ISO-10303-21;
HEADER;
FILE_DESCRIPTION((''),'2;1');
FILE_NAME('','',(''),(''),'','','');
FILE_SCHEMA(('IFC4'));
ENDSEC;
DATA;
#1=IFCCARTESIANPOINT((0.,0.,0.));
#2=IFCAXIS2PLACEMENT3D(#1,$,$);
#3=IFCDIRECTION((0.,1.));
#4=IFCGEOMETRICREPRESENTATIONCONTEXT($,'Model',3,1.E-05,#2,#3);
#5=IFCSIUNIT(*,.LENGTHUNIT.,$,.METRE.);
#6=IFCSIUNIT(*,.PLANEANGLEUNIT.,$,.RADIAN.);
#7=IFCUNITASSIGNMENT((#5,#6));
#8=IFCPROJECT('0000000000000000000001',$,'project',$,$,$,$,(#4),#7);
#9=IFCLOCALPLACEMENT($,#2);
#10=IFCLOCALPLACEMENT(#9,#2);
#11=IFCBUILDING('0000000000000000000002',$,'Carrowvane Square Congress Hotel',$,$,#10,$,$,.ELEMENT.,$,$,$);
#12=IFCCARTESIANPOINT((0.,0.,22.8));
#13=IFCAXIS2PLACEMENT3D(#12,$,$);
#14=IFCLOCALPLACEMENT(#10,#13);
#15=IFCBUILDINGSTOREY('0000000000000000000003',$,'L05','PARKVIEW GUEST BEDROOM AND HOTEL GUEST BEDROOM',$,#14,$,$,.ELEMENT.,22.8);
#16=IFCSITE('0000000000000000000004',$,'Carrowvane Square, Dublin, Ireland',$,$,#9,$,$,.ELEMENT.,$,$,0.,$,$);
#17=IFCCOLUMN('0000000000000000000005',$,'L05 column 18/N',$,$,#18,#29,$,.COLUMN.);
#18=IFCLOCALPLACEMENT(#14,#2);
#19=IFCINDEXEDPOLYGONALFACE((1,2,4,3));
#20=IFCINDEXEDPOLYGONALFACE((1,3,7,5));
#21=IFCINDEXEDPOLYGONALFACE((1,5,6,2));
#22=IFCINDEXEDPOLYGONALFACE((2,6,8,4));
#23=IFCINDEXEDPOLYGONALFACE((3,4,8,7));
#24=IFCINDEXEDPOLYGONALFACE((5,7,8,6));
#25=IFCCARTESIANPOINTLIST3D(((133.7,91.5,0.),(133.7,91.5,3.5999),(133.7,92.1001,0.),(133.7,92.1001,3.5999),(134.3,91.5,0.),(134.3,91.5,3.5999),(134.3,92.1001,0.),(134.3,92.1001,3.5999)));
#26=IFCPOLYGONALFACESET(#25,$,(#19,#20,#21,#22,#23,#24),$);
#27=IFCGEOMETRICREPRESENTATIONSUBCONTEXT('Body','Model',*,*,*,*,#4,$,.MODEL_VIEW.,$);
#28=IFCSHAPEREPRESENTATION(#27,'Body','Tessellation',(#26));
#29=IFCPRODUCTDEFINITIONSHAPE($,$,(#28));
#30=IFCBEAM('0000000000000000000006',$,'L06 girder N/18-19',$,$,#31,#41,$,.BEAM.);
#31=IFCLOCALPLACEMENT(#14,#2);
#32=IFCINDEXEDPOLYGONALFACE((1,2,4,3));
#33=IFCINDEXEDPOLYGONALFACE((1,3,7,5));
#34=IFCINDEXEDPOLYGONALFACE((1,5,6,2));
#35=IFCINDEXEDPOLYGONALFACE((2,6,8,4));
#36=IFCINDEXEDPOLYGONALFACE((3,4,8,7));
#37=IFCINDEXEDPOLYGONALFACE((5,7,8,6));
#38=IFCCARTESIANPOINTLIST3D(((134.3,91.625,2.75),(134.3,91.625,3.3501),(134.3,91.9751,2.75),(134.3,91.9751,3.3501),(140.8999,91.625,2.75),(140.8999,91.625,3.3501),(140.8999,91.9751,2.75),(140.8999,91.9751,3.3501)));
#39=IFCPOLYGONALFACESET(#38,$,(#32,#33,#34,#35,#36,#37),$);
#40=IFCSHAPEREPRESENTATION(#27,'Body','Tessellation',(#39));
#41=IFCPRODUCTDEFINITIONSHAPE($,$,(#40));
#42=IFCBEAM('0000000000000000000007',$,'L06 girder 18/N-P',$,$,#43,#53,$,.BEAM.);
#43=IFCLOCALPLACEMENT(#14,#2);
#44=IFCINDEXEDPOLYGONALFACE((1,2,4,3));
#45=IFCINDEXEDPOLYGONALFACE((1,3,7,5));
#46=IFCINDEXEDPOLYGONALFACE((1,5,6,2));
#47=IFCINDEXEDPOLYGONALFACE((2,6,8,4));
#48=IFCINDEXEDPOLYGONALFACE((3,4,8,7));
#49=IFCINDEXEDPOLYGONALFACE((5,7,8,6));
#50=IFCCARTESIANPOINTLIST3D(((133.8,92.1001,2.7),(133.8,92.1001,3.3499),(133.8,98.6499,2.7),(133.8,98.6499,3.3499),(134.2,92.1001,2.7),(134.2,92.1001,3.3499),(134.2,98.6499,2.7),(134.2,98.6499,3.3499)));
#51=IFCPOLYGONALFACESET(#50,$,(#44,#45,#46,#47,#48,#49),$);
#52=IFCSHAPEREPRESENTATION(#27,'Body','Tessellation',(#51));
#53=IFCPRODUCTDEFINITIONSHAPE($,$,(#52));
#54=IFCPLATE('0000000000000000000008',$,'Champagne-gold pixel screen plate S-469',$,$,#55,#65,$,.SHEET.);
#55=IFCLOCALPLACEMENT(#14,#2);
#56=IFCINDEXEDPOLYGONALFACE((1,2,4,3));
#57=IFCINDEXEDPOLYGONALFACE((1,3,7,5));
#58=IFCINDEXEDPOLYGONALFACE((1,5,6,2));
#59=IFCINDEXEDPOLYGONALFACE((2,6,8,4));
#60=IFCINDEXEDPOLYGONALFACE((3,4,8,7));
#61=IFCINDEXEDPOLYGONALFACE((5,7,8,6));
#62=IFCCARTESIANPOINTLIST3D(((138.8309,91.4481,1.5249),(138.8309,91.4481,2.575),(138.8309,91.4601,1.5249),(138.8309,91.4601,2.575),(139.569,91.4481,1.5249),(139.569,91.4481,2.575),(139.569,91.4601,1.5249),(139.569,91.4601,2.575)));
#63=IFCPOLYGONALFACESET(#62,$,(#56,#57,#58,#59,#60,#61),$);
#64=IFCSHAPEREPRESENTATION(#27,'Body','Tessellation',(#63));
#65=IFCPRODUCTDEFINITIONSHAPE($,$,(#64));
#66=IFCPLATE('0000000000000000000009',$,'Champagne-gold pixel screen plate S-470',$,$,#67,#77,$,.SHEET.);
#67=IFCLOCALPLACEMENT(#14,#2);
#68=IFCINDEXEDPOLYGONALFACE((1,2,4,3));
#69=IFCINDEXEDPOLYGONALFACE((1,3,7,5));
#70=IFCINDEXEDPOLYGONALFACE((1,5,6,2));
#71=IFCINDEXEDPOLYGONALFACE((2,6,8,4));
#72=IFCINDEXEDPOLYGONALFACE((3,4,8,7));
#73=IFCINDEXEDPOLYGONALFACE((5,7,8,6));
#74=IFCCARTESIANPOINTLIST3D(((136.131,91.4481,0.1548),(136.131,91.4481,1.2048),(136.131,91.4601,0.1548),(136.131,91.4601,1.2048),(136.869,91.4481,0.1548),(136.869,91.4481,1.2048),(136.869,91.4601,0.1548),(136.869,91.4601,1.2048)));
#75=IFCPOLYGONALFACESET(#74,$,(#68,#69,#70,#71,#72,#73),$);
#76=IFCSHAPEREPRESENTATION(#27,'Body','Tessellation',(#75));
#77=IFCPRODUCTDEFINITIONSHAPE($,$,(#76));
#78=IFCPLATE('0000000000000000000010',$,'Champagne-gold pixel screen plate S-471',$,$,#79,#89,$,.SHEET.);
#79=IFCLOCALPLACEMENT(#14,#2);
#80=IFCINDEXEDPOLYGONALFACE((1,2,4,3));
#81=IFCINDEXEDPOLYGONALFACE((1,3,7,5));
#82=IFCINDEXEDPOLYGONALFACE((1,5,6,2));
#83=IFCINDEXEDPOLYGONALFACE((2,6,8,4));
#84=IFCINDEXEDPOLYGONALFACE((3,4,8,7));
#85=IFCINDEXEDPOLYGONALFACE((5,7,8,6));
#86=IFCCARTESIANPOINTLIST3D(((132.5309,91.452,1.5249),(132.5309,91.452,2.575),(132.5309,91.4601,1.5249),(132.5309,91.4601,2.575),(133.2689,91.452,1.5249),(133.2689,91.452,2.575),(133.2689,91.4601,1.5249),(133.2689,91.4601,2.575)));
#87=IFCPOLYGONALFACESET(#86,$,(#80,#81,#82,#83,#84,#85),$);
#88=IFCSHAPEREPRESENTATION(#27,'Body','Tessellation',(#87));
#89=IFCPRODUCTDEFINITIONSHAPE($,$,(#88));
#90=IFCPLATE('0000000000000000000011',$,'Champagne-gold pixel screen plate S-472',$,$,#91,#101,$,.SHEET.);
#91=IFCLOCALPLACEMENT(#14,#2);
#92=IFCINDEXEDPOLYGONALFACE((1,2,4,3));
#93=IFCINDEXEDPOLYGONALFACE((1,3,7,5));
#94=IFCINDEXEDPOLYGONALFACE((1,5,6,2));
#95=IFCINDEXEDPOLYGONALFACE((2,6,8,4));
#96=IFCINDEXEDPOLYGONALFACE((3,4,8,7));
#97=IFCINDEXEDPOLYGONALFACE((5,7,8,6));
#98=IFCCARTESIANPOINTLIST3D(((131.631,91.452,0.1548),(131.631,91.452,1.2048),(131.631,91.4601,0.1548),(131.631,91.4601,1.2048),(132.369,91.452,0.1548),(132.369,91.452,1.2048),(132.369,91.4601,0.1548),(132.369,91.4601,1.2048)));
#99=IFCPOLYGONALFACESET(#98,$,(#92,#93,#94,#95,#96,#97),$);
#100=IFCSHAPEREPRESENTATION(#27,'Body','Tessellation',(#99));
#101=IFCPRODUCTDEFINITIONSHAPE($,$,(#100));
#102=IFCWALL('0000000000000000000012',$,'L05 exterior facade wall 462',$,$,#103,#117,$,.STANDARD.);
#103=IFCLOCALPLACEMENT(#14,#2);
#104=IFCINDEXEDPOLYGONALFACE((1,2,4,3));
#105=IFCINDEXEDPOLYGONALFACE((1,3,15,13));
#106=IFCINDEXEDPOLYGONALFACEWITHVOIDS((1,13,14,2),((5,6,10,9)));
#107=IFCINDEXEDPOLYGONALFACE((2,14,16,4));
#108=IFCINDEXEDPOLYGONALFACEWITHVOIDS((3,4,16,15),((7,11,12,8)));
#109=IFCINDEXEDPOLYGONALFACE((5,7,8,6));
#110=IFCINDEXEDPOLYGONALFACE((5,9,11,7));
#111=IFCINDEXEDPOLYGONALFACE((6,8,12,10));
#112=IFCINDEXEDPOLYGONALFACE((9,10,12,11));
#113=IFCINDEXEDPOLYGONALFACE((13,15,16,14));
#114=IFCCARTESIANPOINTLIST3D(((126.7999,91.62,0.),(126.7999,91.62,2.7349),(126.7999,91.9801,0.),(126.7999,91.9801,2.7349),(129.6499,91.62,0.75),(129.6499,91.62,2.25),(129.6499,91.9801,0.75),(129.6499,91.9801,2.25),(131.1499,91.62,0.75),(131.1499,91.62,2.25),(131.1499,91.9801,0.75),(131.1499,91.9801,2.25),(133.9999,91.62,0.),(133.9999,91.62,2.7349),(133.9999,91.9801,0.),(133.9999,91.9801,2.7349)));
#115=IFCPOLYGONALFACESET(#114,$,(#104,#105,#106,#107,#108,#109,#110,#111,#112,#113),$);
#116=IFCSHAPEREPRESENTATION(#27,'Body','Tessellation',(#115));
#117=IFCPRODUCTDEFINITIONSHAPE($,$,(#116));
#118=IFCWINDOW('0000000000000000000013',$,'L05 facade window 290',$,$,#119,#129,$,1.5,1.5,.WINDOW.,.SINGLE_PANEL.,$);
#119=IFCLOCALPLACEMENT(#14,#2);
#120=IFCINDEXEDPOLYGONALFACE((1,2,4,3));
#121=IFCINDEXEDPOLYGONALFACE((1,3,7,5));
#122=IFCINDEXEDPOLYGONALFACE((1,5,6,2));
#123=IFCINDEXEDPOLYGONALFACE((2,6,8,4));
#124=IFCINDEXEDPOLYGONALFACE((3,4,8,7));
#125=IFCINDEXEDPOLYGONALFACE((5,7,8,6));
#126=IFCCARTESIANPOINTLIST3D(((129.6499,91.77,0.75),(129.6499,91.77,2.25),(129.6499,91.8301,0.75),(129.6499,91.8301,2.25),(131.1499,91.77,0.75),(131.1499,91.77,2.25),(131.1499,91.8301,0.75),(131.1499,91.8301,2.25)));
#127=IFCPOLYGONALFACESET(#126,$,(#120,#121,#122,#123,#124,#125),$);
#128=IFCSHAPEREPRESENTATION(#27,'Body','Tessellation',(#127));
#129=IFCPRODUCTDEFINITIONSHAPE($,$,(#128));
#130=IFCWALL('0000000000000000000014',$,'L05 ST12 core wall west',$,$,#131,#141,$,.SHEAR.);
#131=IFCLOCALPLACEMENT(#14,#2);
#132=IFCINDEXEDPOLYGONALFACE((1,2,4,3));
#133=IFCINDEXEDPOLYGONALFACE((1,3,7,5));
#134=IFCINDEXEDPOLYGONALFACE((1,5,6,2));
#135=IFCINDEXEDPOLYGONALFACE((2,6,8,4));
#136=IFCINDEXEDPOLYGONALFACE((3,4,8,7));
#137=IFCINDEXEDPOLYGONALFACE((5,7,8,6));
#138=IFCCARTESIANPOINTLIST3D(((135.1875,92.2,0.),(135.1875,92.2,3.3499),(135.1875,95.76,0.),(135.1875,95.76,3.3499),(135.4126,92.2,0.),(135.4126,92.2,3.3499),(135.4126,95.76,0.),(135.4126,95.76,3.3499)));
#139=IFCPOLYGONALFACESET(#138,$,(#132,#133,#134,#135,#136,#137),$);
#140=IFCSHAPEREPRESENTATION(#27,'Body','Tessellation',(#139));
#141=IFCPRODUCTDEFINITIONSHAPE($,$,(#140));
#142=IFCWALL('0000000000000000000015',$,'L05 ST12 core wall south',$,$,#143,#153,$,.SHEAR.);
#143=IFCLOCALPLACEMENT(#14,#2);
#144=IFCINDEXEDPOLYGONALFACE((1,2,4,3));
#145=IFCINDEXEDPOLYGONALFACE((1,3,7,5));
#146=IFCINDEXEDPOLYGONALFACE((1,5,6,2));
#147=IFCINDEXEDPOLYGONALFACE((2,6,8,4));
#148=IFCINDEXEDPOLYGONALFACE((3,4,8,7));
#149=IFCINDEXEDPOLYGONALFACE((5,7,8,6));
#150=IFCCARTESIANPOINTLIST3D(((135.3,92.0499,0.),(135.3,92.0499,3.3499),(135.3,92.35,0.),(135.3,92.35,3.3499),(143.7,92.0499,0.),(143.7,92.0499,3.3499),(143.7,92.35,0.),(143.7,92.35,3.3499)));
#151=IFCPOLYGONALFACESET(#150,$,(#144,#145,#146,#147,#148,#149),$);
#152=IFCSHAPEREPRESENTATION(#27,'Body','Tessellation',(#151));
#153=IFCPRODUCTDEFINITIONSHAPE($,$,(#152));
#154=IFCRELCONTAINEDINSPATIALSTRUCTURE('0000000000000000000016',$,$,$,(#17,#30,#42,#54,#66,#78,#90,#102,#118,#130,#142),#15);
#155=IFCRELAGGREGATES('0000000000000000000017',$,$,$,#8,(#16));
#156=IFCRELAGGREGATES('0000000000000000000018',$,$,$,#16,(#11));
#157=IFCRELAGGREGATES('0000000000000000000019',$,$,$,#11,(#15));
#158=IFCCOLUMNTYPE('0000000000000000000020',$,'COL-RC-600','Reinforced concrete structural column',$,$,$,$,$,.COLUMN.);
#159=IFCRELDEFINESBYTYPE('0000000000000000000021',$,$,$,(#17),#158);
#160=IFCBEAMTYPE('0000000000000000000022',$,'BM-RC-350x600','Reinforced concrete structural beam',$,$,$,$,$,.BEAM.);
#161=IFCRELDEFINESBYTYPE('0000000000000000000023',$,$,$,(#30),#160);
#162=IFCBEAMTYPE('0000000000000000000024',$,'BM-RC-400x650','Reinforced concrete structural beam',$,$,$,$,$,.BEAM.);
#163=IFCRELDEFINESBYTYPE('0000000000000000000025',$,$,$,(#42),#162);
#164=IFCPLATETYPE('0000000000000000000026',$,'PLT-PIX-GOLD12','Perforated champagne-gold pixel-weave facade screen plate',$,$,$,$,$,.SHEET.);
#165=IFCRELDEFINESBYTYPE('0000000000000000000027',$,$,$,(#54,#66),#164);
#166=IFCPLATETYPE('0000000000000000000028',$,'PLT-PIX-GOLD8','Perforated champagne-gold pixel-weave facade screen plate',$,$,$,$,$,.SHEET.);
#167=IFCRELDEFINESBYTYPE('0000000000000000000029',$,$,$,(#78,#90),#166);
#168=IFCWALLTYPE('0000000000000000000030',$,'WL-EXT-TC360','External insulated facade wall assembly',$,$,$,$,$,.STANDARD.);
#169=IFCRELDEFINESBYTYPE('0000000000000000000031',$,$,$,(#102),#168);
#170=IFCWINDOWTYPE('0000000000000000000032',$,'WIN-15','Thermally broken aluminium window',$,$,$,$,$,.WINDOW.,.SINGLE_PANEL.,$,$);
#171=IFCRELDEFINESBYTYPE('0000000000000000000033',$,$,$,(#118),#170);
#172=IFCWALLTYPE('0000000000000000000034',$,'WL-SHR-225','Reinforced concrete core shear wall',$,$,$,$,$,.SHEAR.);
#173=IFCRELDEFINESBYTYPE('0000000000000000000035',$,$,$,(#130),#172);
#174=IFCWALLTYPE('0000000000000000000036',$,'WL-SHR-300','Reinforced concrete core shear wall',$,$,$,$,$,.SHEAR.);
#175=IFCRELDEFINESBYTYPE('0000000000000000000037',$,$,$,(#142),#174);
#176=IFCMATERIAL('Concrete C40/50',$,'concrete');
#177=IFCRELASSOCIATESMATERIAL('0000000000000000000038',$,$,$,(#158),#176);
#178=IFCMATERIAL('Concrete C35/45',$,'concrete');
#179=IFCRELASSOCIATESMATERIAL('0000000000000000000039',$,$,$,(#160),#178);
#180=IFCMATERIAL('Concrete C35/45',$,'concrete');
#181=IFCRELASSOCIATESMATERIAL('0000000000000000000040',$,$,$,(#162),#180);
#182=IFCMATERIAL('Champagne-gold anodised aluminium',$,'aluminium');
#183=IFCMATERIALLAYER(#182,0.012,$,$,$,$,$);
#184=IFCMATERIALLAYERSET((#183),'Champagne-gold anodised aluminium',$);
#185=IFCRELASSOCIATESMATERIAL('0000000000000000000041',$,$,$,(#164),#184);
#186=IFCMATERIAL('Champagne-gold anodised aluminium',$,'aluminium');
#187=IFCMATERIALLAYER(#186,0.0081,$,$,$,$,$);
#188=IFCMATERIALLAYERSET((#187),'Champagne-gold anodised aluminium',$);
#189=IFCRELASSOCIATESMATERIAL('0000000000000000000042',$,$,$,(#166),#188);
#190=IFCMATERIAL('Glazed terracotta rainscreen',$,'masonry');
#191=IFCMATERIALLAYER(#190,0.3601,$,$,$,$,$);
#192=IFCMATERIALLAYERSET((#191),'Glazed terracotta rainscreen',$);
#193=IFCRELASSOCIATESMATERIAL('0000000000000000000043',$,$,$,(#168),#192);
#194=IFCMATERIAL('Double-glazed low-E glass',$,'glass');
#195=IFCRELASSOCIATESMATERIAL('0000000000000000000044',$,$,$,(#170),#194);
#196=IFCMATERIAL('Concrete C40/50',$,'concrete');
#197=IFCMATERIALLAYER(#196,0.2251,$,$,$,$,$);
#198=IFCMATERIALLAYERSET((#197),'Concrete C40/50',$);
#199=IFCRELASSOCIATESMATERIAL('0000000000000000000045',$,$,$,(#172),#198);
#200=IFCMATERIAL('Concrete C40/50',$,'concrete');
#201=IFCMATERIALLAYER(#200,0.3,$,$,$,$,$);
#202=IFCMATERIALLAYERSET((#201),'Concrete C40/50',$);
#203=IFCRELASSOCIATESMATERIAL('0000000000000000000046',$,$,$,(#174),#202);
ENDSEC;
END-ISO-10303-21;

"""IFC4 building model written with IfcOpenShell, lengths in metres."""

from ifc_helpers import new_model, si_unit, direction, frame, frame_2d, origin, origin_2d, place, context, subcontext, project, spatial, rectangle, extrude, material, layer, layer_set, material_profile, profile_set, type_object, element, fill, save


model = new_model("IFC4")

# Units and contexts
model_context = context("Model", 3, precision=1e-05, world=origin(), true_north=direction((0.0, 1.0)))
body_context = subcontext(model_context, "Body", "Model", "MODEL_VIEW")
ifc_project = project(units=[si_unit("LENGTHUNIT", "METRE"), si_unit("PLANEANGLEUNIT", "RADIAN")], contexts=[model_context])

# Site, building, storey
site_placement = place(None, origin())
site = spatial("IfcSite", under=ifc_project, at=site_placement, Name="Carrowvane Square, Dublin, Ireland", CompositionType="ELEMENT", RefElevation=0.0)
building_placement = place(site_placement, origin())
building = spatial("IfcBuilding", under=site, at=building_placement, Name="Carrowvane Square Congress Hotel", CompositionType="ELEMENT")
storey_placement = place(building_placement, frame((0.0, 0.0, 22.8)))
storey = spatial("IfcBuildingStorey", under=building, at=storey_placement, Name="L05", Description="PARKVIEW GUEST BEDROOM AND HOTEL GUEST BEDROOM", CompositionType="ELEMENT", Elevation=22.8)

# Column
ifc_material_1 = material(Name="Concrete C40/50", Category="concrete")
ifc_material_profile_1 = material_profile(ifc_material_1, rectangle(XDim=0.6001, YDim=0.6001, at=origin_2d()), Name="RC 600x600")
ifc_profile_set_1 = profile_set([ifc_material_profile_1], Name="Concrete C40/50")
column_type = type_object("IfcColumnType", Name="COL-RC-600", Description="Reinforced concrete structural column", PredefinedType="COLUMN", material=ifc_profile_set_1)
column_placement = place(storey_placement, frame((134.0, 91.8, 0.0), z_axis=(0.0, 0.0, 1.0), x_axis=(1.0, 0.0, 0.0)))
element("IfcColumn", 1, at=column_placement, inside=storey, type_object=column_type, Name="L05 column 18/N", PredefinedType="COLUMN", context=body_context, shape_type="SweptSolid", body=[
    extrude(rectangle(XDim=0.6001, YDim=0.6001, at=origin_2d()), origin(), (0.0, 0.0, 1.0), 3.5999),
])

# Beams
ifc_material_2 = material(Name="Concrete C35/45", Category="concrete")
ifc_material_profile_2 = material_profile(ifc_material_2, rectangle(XDim=0.3501, YDim=0.6001, at=origin_2d()), Name="RC 350x600")
ifc_profile_set_2 = profile_set([ifc_material_profile_2], Name="Concrete C35/45")
beam_type_1 = type_object("IfcBeamType", Name="BM-RC-350x600", Description="Reinforced concrete structural beam", PredefinedType="BEAM", material=ifc_profile_set_2)
beam_1_placement = place(storey_placement, frame((134.3, 91.8, 3.05), z_axis=(1.0, 0.0, 0.0), x_axis=(0.0, 1.0, 0.0)))
element("IfcBeam", 2, at=beam_1_placement, inside=storey, type_object=beam_type_1, Name="L06 girder N/18-19", PredefinedType="BEAM", context=body_context, shape_type="SweptSolid", body=[
    extrude(rectangle(XDim=0.3501, YDim=0.6001, at=origin_2d()), origin(), (0.0, 0.0, 1.0), 6.5999),
])
ifc_material_3 = material(Name="Concrete C35/45", Category="concrete")
ifc_material_profile_3 = material_profile(ifc_material_3, rectangle(XDim=0.3999, YDim=0.6499, at=origin_2d()), Name="RC 400x650")
ifc_profile_set_3 = profile_set([ifc_material_profile_3], Name="Concrete C35/45")
beam_type_2 = type_object("IfcBeamType", Name="BM-RC-400x650", Description="Reinforced concrete structural beam", PredefinedType="BEAM", material=ifc_profile_set_3)
beam_2_placement = place(storey_placement, frame((134.0, 92.1001, 3.0249), z_axis=(0.0, 1.0, 0.0), x_axis=(-1.0, 0.0, 0.0)))
element("IfcBeam", 3, at=beam_2_placement, inside=storey, type_object=beam_type_2, Name="L06 girder 18/N-P", PredefinedType="BEAM", context=body_context, shape_type="SweptSolid", body=[
    extrude(rectangle(XDim=0.3999, YDim=0.6499, at=origin_2d()), origin(), (0.0, 0.0, 1.0), 6.5498),
])

# Plates
ifc_material_4 = material(Name="Champagne-gold anodised aluminium", Category="aluminium")
ifc_layer_1 = layer(ifc_material_4, 0.012)
ifc_layer_set_1 = layer_set([ifc_layer_1], Name="Champagne-gold anodised aluminium")
plate_type_1 = type_object("IfcPlateType", Name="PLT-PIX-GOLD12", Description="Perforated champagne-gold pixel-weave facade screen plate", PredefinedType="SHEET", material=ifc_layer_set_1)
for number, where, z_axis, x_axis, name in (
    (4, (139.2, 91.4541, 1.5249), (0.0, 0.0, 1.0), (-1.0, 0.0, 0.0), "Champagne-gold pixel screen plate S-469"),
    (5, (136.5, 91.4541, 0.1548), (0.0, 0.0, 1.0), (-1.0, 0.0, 0.0), "Champagne-gold pixel screen plate S-470"),
):
    element("IfcPlate", number, at=place(storey_placement, frame(where, z_axis=z_axis, x_axis=x_axis)), inside=storey, type_object=plate_type_1, Name=name, PredefinedType="SHEET", context=body_context, shape_type="SweptSolid", body=[
        extrude(rectangle(XDim=0.738, YDim=0.012, at=origin_2d()), origin(), (0.0, 0.0, 1.0), 1.05),
    ])
ifc_material_5 = material(Name="Champagne-gold anodised aluminium", Category="aluminium")
ifc_layer_2 = layer(ifc_material_5, 0.0081)
ifc_layer_set_2 = layer_set([ifc_layer_2], Name="Champagne-gold anodised aluminium")
plate_type_2 = type_object("IfcPlateType", Name="PLT-PIX-GOLD8", Description="Perforated champagne-gold pixel-weave facade screen plate", PredefinedType="SHEET", material=ifc_layer_set_2)
for number, where, z_axis, x_axis, name in (
    (6, (132.8999, 91.4561, 1.5249), (0.0, 0.0, 1.0), (-1.0, 0.0, 0.0), "Champagne-gold pixel screen plate S-471"),
    (7, (132.0, 91.4561, 0.1548), (0.0, 0.0, 1.0), (-1.0, 0.0, 0.0), "Champagne-gold pixel screen plate S-472"),
):
    element("IfcPlate", number, at=place(storey_placement, frame(where, z_axis=z_axis, x_axis=x_axis)), inside=storey, type_object=plate_type_2, Name=name, PredefinedType="SHEET", context=body_context, shape_type="SweptSolid", body=[
        extrude(rectangle(XDim=0.738, YDim=0.0081, at=origin_2d()), origin(), (0.0, 0.0, 1.0), 1.05),
    ])

# Wall, opening, window
ifc_material_6 = material(Name="Glazed terracotta rainscreen", Category="masonry")
ifc_layer_3 = layer(ifc_material_6, 0.3601)
ifc_layer_set_3 = layer_set([ifc_layer_3], Name="Glazed terracotta rainscreen")
wall_type_1 = type_object("IfcWallType", Name="WL-EXT-TC360", Description="External insulated facade wall assembly", PredefinedType="STANDARD", material=ifc_layer_set_3)
wall_1_placement = place(storey_placement, frame((134.0, 91.8, 0.0), z_axis=(0.0, 0.0, 1.0), x_axis=(-1.0, 0.0, 0.0)))
wall_1 = element("IfcWall", 8, at=wall_1_placement, inside=storey, type_object=wall_type_1, Name="L05 exterior facade wall 462", PredefinedType="STANDARD", context=body_context, shape_type="SweptSolid", body=[
    extrude(rectangle(XDim=7.2, YDim=0.3601, at=frame_2d((3.6001, 0.0))), origin(), (0.0, 0.0, 1.0), 2.7349),
])
opening_placement = place(wall_1_placement, frame((2.8501, 0.0, 0.75)))
opening = element("IfcOpeningElement", 9, at=opening_placement, cuts=wall_1, PredefinedType="OPENING", context=body_context, shape_type="SweptSolid", body=[
    extrude(rectangle(XDim=1.5, YDim=1.5, at=frame_2d((0.75, 0.75))), frame((0.0, 0.1899, 0.0), z_axis=(0.0, -1.0, 0.0), x_axis=(1.0, 0.0, 0.0)), (0.0, 0.0, 1.0), 0.3801),
])
ifc_material_7 = material(Name="Double-glazed low-E glass", Category="glass")
window_type = type_object("IfcWindowType", Name="WIN-15", Description="Thermally broken aluminium window", PartitioningType="SINGLE_PANEL", PredefinedType="WINDOW", material=ifc_material_7)
window_placement = place(opening_placement, origin())
window = element("IfcWindow", 10, at=window_placement, inside=storey, type_object=window_type, Name="L05 facade window 290", OverallHeight=1.5, OverallWidth=1.5, PartitioningType="SINGLE_PANEL", PredefinedType="WINDOW", context=body_context, shape_type="SweptSolid", body=[
    extrude(rectangle(XDim=1.5, YDim=1.5, at=frame_2d((0.75, 0.75))), frame((0.0, 0.03, 0.0), z_axis=(0.0, -1.0, 0.0), x_axis=(1.0, 0.0, 0.0)), (0.0, 0.0, 1.0), 0.0601),
])
fill(opening, window)

# Walls
ifc_material_8 = material(Name="Concrete C40/50", Category="concrete")
ifc_layer_4 = layer(ifc_material_8, 0.2251)
ifc_layer_set_4 = layer_set([ifc_layer_4], Name="Concrete C40/50")
wall_type_2 = type_object("IfcWallType", Name="WL-SHR-225", Description="Reinforced concrete core shear wall", PredefinedType="SHEAR", material=ifc_layer_set_4)
wall_2_placement = place(storey_placement, frame((135.3, 95.76, 0.0), z_axis=(0.0, 0.0, 1.0), x_axis=(0.0, -1.0, 0.0)))
element("IfcWall", 11, at=wall_2_placement, inside=storey, type_object=wall_type_2, Name="L05 ST12 core wall west", PredefinedType="SHEAR", context=body_context, shape_type="SweptSolid", body=[
    extrude(rectangle(XDim=3.5601, YDim=0.2251, at=frame_2d((1.78, 0.0))), origin(), (0.0, 0.0, 1.0), 3.3499),
])
ifc_material_9 = material(Name="Concrete C40/50", Category="concrete")
ifc_layer_5 = layer(ifc_material_9, 0.3)
ifc_layer_set_5 = layer_set([ifc_layer_5], Name="Concrete C40/50")
wall_type_3 = type_object("IfcWallType", Name="WL-SHR-300", Description="Reinforced concrete core shear wall", PredefinedType="SHEAR", material=ifc_layer_set_5)
wall_3_placement = place(storey_placement, frame((135.3, 92.2, 0.0), z_axis=(0.0, 0.0, 1.0), x_axis=(1.0, 0.0, 0.0)))
element("IfcWall", 12, at=wall_3_placement, inside=storey, type_object=wall_type_3, Name="L05 ST12 core wall south", PredefinedType="SHEAR", context=body_context, shape_type="SweptSolid", body=[
    extrude(rectangle(XDim=8.3999, YDim=0.3, at=frame_2d((4.2, 0.0))), origin(), (0.0, 0.0, 1.0), 3.3499),
])

save(model, "model.ifc")
